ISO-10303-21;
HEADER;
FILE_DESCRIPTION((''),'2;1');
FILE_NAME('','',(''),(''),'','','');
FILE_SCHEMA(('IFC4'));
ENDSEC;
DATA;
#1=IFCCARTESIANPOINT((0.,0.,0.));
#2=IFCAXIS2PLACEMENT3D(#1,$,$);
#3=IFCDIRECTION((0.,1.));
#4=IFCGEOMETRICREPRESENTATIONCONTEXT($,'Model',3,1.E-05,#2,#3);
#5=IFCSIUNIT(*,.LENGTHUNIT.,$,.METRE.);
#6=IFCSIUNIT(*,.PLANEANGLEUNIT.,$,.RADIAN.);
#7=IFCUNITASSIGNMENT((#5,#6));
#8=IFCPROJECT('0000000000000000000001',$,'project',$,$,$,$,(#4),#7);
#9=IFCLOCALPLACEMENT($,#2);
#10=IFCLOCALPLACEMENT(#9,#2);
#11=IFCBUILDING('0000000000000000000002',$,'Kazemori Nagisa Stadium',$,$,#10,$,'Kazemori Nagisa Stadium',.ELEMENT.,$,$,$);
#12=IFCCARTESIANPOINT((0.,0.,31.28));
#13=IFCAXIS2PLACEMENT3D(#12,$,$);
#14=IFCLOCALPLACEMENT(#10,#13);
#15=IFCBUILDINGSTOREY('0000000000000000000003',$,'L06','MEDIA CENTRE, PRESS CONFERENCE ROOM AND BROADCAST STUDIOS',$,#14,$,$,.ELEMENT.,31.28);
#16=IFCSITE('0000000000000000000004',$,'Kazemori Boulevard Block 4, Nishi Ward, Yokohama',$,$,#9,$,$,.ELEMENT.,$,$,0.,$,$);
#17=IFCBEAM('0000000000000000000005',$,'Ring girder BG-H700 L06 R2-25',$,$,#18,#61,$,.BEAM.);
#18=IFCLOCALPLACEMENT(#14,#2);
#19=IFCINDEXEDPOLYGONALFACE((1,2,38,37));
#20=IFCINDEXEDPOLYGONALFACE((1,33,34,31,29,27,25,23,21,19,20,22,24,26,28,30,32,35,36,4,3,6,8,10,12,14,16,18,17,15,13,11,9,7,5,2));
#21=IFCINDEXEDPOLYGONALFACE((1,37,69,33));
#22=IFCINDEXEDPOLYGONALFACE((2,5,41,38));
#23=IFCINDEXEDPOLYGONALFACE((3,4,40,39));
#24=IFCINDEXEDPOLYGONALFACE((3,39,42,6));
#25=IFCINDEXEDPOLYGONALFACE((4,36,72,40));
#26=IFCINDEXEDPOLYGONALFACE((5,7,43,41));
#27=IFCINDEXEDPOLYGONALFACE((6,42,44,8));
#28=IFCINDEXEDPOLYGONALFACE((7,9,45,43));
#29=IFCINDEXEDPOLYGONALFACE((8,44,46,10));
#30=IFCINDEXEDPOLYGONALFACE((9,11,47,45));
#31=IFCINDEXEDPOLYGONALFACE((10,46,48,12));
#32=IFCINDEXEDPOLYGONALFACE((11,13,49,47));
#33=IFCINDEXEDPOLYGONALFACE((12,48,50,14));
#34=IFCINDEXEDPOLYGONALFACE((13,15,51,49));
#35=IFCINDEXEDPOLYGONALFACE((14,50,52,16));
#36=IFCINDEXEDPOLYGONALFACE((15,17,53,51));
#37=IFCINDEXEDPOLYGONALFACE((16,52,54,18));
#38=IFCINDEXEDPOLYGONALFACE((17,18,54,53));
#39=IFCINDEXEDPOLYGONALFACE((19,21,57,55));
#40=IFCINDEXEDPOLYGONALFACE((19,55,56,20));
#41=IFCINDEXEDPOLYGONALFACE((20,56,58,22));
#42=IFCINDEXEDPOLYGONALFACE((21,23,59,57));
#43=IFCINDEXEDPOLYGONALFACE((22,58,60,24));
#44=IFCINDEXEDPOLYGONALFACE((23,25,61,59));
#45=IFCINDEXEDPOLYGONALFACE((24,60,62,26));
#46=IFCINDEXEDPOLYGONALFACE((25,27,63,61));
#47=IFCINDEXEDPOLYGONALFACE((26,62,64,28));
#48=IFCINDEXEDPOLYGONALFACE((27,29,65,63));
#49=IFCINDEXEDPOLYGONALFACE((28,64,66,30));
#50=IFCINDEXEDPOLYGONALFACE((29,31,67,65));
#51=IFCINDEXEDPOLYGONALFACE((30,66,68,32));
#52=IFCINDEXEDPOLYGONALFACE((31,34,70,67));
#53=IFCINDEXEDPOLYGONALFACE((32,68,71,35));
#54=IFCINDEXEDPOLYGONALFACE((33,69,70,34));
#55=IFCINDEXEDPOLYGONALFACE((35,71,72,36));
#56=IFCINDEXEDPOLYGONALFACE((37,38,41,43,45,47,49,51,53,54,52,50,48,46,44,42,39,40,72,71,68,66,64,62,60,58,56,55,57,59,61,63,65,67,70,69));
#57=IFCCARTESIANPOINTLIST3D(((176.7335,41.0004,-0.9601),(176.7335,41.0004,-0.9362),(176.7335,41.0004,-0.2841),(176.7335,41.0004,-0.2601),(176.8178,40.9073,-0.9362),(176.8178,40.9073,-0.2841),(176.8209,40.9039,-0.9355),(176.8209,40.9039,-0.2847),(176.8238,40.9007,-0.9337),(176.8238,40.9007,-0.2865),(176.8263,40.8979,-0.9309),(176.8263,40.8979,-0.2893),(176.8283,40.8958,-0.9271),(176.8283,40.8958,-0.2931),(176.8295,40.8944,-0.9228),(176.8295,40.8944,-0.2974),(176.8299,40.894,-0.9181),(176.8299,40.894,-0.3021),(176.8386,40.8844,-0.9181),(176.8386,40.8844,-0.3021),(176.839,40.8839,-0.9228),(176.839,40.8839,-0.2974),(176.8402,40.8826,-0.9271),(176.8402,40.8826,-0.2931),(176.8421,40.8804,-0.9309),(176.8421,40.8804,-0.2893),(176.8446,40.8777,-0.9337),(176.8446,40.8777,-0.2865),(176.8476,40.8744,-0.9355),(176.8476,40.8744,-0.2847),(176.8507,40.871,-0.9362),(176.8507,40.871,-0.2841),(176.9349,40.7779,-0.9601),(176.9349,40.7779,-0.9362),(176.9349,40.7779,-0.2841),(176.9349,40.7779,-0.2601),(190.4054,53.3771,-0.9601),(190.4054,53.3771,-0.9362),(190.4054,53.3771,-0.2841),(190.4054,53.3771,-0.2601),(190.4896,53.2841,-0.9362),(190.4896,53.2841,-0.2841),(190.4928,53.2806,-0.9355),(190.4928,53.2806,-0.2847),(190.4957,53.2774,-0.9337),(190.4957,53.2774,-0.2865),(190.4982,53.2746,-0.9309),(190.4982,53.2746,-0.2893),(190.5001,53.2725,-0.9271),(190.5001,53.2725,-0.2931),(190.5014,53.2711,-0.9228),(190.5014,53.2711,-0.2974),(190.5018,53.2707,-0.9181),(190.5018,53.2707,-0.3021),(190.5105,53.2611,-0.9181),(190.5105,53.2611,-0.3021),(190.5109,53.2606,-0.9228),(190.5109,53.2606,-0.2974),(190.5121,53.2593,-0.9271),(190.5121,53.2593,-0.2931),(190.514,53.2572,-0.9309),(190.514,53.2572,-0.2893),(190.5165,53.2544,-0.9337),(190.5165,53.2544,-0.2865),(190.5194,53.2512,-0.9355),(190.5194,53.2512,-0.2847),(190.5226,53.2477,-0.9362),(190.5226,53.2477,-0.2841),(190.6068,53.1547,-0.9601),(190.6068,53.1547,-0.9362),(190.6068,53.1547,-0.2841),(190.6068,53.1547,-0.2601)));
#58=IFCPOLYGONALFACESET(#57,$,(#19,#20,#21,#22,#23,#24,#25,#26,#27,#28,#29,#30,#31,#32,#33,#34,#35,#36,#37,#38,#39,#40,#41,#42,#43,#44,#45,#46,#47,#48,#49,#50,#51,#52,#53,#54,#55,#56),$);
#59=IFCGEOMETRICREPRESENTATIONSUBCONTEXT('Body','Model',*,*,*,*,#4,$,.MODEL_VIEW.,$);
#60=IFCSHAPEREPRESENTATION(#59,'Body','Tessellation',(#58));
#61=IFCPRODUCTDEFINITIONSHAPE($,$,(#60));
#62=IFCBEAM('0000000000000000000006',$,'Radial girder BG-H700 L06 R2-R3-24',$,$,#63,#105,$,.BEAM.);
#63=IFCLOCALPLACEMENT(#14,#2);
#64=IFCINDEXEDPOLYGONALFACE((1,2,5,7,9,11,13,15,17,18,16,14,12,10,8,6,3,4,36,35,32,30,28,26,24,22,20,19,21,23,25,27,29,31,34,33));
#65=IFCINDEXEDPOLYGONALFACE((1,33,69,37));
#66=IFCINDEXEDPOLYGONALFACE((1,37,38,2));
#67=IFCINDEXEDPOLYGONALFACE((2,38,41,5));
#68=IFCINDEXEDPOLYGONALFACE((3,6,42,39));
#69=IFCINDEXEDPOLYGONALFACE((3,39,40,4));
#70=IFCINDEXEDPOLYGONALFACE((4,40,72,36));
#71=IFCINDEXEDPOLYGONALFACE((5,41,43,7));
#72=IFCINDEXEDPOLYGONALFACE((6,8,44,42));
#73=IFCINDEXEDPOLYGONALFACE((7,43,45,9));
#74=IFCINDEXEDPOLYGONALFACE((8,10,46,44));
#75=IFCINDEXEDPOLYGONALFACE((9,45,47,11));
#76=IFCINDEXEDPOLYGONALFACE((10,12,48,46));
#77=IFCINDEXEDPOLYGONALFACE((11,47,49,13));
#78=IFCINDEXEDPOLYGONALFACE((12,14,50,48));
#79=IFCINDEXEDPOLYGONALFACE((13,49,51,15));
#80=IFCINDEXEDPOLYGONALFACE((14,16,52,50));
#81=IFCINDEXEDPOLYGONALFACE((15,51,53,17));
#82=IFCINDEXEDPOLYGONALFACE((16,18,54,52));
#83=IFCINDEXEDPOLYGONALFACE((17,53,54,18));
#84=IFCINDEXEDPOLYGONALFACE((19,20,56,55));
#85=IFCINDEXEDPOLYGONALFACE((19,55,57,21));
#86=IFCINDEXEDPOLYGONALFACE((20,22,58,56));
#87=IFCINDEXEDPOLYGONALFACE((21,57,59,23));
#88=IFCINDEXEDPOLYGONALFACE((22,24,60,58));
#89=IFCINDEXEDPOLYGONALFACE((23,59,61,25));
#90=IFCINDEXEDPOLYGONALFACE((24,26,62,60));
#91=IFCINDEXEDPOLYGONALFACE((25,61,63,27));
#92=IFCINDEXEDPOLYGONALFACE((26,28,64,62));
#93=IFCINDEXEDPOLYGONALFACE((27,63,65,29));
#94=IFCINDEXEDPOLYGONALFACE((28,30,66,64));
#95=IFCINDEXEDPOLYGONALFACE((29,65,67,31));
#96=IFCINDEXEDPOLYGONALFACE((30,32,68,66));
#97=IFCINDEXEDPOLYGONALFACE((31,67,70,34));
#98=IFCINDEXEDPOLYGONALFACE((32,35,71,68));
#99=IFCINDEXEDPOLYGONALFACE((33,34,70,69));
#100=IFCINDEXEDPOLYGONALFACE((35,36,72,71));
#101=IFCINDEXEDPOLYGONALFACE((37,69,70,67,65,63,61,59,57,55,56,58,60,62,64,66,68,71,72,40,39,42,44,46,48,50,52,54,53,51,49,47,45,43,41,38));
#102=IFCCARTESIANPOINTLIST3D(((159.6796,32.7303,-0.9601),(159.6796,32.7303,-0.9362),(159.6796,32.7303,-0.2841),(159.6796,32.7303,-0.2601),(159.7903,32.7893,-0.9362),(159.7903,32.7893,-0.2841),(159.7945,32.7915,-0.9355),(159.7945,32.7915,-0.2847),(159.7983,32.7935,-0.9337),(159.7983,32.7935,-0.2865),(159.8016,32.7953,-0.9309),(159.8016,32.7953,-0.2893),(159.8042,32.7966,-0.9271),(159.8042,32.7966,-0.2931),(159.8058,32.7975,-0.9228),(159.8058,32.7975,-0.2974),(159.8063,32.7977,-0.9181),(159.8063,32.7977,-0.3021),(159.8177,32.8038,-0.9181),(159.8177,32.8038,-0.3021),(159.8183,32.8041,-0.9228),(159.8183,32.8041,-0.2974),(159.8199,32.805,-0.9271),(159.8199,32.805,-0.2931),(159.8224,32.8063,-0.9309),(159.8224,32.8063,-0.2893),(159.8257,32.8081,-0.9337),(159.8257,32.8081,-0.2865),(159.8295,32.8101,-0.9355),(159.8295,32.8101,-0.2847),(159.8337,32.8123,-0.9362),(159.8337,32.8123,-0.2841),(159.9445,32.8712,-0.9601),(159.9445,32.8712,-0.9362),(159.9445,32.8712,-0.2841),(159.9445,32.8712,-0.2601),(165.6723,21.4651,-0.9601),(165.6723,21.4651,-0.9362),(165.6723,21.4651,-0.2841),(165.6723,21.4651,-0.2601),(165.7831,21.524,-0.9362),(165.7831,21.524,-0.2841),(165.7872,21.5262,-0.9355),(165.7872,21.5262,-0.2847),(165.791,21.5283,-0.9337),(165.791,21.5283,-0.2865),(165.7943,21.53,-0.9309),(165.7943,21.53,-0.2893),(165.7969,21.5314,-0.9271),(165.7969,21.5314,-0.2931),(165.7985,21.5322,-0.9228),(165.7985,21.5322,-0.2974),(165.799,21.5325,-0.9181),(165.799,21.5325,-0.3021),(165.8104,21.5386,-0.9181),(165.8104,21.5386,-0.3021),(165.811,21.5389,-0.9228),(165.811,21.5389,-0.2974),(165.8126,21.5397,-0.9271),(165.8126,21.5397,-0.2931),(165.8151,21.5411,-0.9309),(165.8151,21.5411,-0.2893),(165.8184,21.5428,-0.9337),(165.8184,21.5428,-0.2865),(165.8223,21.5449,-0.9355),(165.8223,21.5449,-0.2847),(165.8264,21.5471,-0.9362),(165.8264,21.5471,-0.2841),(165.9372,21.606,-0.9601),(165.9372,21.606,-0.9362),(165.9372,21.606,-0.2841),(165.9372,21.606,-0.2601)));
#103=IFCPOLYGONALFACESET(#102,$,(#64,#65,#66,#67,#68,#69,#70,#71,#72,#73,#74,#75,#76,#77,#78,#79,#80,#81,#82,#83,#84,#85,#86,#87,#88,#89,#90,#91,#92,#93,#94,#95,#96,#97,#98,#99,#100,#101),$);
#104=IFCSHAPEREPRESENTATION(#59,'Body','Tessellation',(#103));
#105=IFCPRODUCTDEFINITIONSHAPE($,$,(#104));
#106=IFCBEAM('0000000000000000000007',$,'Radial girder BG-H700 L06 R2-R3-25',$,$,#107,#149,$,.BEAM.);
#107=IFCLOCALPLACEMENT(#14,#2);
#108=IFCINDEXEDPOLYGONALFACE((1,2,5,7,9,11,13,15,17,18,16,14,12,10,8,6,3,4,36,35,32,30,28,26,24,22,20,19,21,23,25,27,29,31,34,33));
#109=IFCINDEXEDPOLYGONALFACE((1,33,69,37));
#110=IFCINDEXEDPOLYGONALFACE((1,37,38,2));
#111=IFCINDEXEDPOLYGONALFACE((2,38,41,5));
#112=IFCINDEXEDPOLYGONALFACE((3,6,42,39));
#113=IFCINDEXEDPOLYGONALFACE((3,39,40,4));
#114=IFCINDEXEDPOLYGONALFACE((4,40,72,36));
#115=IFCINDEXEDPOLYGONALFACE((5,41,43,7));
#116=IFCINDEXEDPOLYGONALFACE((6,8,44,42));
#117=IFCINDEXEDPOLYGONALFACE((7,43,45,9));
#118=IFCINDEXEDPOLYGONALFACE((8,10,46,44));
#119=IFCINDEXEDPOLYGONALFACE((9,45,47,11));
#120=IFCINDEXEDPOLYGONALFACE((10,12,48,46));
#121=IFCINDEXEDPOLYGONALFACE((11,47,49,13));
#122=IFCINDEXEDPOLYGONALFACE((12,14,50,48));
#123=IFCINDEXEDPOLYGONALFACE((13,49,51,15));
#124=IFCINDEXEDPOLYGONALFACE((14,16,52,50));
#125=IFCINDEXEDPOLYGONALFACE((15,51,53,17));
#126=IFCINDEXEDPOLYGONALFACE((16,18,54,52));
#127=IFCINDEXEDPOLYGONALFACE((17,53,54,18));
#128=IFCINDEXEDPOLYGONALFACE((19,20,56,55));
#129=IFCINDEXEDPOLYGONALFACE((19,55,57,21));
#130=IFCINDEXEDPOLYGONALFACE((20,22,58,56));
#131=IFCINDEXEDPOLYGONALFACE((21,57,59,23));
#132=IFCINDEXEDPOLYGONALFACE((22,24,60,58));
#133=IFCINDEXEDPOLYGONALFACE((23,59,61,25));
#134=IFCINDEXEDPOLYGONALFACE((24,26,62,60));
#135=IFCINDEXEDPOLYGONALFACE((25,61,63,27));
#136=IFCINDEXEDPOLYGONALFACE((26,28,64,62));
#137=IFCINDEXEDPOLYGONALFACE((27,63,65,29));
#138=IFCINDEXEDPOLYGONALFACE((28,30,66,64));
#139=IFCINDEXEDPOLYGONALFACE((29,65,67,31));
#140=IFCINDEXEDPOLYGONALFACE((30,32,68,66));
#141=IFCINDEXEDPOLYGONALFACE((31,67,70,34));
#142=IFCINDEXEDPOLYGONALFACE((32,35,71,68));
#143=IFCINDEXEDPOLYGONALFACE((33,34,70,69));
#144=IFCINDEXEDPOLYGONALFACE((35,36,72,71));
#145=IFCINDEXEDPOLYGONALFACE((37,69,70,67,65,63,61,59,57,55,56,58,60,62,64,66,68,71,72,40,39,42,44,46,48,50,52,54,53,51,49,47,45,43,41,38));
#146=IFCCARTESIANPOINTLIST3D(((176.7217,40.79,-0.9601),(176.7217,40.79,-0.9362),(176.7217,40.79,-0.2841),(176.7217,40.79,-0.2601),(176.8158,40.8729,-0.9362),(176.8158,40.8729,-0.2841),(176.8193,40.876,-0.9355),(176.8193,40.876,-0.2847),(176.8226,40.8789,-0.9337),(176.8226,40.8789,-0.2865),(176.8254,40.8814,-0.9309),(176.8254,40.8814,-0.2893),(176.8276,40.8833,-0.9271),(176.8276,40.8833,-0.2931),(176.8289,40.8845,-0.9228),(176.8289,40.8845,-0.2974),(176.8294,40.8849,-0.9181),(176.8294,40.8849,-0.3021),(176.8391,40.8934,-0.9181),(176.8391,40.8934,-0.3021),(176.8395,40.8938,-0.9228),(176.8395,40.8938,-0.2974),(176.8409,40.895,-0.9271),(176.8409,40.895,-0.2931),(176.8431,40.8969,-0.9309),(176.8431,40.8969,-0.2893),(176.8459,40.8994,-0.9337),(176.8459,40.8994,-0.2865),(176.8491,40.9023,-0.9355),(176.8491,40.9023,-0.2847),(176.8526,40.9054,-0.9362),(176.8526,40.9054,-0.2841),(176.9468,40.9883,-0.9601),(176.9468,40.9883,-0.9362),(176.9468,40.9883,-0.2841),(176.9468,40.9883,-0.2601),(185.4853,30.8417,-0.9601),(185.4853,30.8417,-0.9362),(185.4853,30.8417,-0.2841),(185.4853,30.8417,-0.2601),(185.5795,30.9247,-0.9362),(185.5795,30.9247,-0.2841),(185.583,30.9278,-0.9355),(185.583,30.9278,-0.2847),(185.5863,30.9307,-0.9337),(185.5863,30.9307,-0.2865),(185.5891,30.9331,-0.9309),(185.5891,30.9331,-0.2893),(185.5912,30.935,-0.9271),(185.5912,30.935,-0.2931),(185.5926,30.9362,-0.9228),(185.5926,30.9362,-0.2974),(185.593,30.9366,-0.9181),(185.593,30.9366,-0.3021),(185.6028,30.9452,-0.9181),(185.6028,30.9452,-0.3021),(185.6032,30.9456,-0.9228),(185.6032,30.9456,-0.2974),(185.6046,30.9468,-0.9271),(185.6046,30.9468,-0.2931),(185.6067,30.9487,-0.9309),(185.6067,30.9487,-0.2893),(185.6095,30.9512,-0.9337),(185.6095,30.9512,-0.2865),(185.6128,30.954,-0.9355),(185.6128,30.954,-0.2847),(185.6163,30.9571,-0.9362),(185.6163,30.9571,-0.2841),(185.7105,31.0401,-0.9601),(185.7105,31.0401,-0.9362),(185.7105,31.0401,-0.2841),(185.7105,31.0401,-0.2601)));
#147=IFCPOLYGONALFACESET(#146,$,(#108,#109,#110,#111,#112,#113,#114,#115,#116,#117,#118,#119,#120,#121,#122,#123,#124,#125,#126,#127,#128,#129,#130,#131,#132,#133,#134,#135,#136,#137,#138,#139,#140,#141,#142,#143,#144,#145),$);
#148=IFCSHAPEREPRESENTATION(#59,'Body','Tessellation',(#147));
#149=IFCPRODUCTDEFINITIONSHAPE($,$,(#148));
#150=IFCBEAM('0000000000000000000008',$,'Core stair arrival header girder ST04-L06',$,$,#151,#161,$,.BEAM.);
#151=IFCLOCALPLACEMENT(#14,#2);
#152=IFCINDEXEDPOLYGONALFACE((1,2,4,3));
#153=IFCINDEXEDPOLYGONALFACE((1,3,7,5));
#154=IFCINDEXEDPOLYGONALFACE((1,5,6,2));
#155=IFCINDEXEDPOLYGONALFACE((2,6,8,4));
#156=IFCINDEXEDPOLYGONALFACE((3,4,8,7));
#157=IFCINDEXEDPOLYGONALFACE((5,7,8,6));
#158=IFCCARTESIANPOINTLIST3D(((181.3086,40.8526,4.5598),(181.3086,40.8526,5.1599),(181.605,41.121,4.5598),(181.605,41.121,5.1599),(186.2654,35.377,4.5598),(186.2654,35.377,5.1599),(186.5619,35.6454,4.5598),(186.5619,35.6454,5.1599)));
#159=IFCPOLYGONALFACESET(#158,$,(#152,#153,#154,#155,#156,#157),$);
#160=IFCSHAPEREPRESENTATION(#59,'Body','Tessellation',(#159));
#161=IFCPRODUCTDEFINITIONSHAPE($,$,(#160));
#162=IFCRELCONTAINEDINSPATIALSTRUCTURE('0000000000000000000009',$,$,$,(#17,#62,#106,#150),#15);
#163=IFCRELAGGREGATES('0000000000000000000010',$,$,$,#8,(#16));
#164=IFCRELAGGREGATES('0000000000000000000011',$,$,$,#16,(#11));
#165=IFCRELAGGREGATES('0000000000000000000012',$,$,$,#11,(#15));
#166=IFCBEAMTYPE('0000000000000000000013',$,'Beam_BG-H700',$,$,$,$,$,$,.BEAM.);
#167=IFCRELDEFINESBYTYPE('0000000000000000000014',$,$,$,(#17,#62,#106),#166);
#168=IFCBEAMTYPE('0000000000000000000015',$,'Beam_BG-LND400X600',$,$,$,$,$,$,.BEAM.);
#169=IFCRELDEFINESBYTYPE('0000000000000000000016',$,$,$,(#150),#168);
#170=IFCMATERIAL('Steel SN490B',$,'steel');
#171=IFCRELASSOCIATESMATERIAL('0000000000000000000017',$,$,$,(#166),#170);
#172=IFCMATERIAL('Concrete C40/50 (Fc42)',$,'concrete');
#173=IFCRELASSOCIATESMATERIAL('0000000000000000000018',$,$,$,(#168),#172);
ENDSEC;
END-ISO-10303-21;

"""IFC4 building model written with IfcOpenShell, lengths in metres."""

from ifc_helpers import new_model, si_unit, direction, frame, origin, origin_2d, place, context, subcontext, project, spatial, rectangle, i_section, extrude, material, material_profile, profile_set, type_object, element, save


model = new_model("IFC4")

# Units and contexts
model_context = context("Model", 3, precision=1e-05, world=origin(), true_north=direction((0.0, 1.0)))
body_context = subcontext(model_context, "Body", "Model", "MODEL_VIEW")
ifc_project = project(units=[si_unit("LENGTHUNIT", "METRE"), si_unit("PLANEANGLEUNIT", "RADIAN")], contexts=[model_context])

# Site, building, storey
site_placement = place(None, origin())
site = spatial("IfcSite", under=ifc_project, at=site_placement, Name="Kazemori Boulevard Block 4, Nishi Ward, Yokohama", CompositionType="ELEMENT", RefElevation=0.0)
building_placement = place(site_placement, origin())
building = spatial("IfcBuilding", under=site, at=building_placement, Name="Kazemori Nagisa Stadium", LongName="Kazemori Nagisa Stadium", CompositionType="ELEMENT")
storey_placement = place(building_placement, frame((0.0, 0.0, 31.28)))
storey = spatial("IfcBuildingStorey", under=building, at=storey_placement, Name="L06", Description="MEDIA CENTRE, PRESS CONFERENCE ROOM AND BROADCAST STUDIOS", CompositionType="ELEMENT", Elevation=31.28)

# Shared definitions
ifc_material_1 = material(Name="Steel SN490B", Category="steel")

# Beams
ifc_material_profile_1 = material_profile(ifc_material_1, i_section(OverallWidth=0.3, OverallDepth=0.7, WebThickness=0.0129, FlangeThickness=0.0239, FilletRadius=0.0181, at=origin_2d()), Name="H-700x300x13x24")
ifc_profile_set_1 = profile_set([ifc_material_profile_1], Name="Steel SN490B")
beam_type_1 = type_object("IfcBeamType", Name="Beam_BG-H700", PredefinedType="BEAM", material=ifc_profile_set_1)
beam_1_placement = place(storey_placement, frame((176.8342, 40.8892, -0.6101), z_axis=(0.741349, 0.67112, 0.0), x_axis=(-0.67112, 0.741349, 0.0)))
element("IfcBeam", 1, at=beam_1_placement, inside=storey, type_object=beam_type_1, Name="Ring girder BG-H700 L06 R2-25", PredefinedType="BEAM", context=body_context, shape_type="SweptSolid", body=[
    extrude(i_section(OverallWidth=0.3, OverallDepth=0.7, WebThickness=0.0129, FlangeThickness=0.0239, FilletRadius=0.0181, at=origin_2d()), origin(), (0.0, 0.0, 1.0), 18.4419),
])
beam_2_placement = place(storey_placement, frame((159.812, 32.8008, -0.6101), z_axis=(0.469649, -0.882853, 0.0), x_axis=(0.882853, 0.469649, 0.0)))
element("IfcBeam", 2, at=beam_2_placement, inside=storey, type_object=beam_type_1, Name="Radial girder BG-H700 L06 R2-R3-24", PredefinedType="BEAM", context=body_context, shape_type="SweptSolid", body=[
    extrude(i_section(OverallWidth=0.3, OverallDepth=0.7, WebThickness=0.0129, FlangeThickness=0.0239, FilletRadius=0.0181, at=origin_2d()), origin(), (0.0, 0.0, 1.0), 12.76),
])
beam_3_placement = place(storey_placement, frame((176.8342, 40.8892, -0.6101), z_axis=(0.66102, -0.750369, 0.0), x_axis=(0.750369, 0.66102, 0.0)))
element("IfcBeam", 3, at=beam_3_placement, inside=storey, type_object=beam_type_1, Name="Radial girder BG-H700 L06 R2-R3-25", PredefinedType="BEAM", context=body_context, shape_type="SweptSolid", body=[
    extrude(i_section(OverallWidth=0.3, OverallDepth=0.7, WebThickness=0.0129, FlangeThickness=0.0239, FilletRadius=0.0181, at=origin_2d()), origin(), (0.0, 0.0, 1.0), 13.2578),
])
ifc_material_2 = material(Name="Concrete C40/50 (Fc42)", Category="concrete")
ifc_material_profile_2 = material_profile(ifc_material_2, rectangle(XDim=0.3999, YDim=0.6001, at=origin_2d()), Name="RC-BM-400x600")
ifc_profile_set_2 = profile_set([ifc_material_profile_2], Name="Concrete C40/50 (Fc42)")
beam_type_2 = type_object("IfcBeamType", Name="Beam_BG-LND400X600", PredefinedType="BEAM", material=ifc_profile_set_2)
beam_4_placement = place(storey_placement, frame((181.4568, 40.9868, 4.8599), z_axis=(0.671113, -0.741355, 0.0), x_axis=(0.741355, 0.671113, 0.0)))
element("IfcBeam", 4, at=beam_4_placement, inside=storey, type_object=beam_type_2, Name="Core stair arrival header girder ST04-L06", PredefinedType="BEAM", context=body_context, shape_type="SweptSolid", body=[
    extrude(rectangle(XDim=0.3999, YDim=0.6001, at=origin_2d()), origin(), (0.0, 0.0, 1.0), 7.386),
])

save(model, "model.ifc")
